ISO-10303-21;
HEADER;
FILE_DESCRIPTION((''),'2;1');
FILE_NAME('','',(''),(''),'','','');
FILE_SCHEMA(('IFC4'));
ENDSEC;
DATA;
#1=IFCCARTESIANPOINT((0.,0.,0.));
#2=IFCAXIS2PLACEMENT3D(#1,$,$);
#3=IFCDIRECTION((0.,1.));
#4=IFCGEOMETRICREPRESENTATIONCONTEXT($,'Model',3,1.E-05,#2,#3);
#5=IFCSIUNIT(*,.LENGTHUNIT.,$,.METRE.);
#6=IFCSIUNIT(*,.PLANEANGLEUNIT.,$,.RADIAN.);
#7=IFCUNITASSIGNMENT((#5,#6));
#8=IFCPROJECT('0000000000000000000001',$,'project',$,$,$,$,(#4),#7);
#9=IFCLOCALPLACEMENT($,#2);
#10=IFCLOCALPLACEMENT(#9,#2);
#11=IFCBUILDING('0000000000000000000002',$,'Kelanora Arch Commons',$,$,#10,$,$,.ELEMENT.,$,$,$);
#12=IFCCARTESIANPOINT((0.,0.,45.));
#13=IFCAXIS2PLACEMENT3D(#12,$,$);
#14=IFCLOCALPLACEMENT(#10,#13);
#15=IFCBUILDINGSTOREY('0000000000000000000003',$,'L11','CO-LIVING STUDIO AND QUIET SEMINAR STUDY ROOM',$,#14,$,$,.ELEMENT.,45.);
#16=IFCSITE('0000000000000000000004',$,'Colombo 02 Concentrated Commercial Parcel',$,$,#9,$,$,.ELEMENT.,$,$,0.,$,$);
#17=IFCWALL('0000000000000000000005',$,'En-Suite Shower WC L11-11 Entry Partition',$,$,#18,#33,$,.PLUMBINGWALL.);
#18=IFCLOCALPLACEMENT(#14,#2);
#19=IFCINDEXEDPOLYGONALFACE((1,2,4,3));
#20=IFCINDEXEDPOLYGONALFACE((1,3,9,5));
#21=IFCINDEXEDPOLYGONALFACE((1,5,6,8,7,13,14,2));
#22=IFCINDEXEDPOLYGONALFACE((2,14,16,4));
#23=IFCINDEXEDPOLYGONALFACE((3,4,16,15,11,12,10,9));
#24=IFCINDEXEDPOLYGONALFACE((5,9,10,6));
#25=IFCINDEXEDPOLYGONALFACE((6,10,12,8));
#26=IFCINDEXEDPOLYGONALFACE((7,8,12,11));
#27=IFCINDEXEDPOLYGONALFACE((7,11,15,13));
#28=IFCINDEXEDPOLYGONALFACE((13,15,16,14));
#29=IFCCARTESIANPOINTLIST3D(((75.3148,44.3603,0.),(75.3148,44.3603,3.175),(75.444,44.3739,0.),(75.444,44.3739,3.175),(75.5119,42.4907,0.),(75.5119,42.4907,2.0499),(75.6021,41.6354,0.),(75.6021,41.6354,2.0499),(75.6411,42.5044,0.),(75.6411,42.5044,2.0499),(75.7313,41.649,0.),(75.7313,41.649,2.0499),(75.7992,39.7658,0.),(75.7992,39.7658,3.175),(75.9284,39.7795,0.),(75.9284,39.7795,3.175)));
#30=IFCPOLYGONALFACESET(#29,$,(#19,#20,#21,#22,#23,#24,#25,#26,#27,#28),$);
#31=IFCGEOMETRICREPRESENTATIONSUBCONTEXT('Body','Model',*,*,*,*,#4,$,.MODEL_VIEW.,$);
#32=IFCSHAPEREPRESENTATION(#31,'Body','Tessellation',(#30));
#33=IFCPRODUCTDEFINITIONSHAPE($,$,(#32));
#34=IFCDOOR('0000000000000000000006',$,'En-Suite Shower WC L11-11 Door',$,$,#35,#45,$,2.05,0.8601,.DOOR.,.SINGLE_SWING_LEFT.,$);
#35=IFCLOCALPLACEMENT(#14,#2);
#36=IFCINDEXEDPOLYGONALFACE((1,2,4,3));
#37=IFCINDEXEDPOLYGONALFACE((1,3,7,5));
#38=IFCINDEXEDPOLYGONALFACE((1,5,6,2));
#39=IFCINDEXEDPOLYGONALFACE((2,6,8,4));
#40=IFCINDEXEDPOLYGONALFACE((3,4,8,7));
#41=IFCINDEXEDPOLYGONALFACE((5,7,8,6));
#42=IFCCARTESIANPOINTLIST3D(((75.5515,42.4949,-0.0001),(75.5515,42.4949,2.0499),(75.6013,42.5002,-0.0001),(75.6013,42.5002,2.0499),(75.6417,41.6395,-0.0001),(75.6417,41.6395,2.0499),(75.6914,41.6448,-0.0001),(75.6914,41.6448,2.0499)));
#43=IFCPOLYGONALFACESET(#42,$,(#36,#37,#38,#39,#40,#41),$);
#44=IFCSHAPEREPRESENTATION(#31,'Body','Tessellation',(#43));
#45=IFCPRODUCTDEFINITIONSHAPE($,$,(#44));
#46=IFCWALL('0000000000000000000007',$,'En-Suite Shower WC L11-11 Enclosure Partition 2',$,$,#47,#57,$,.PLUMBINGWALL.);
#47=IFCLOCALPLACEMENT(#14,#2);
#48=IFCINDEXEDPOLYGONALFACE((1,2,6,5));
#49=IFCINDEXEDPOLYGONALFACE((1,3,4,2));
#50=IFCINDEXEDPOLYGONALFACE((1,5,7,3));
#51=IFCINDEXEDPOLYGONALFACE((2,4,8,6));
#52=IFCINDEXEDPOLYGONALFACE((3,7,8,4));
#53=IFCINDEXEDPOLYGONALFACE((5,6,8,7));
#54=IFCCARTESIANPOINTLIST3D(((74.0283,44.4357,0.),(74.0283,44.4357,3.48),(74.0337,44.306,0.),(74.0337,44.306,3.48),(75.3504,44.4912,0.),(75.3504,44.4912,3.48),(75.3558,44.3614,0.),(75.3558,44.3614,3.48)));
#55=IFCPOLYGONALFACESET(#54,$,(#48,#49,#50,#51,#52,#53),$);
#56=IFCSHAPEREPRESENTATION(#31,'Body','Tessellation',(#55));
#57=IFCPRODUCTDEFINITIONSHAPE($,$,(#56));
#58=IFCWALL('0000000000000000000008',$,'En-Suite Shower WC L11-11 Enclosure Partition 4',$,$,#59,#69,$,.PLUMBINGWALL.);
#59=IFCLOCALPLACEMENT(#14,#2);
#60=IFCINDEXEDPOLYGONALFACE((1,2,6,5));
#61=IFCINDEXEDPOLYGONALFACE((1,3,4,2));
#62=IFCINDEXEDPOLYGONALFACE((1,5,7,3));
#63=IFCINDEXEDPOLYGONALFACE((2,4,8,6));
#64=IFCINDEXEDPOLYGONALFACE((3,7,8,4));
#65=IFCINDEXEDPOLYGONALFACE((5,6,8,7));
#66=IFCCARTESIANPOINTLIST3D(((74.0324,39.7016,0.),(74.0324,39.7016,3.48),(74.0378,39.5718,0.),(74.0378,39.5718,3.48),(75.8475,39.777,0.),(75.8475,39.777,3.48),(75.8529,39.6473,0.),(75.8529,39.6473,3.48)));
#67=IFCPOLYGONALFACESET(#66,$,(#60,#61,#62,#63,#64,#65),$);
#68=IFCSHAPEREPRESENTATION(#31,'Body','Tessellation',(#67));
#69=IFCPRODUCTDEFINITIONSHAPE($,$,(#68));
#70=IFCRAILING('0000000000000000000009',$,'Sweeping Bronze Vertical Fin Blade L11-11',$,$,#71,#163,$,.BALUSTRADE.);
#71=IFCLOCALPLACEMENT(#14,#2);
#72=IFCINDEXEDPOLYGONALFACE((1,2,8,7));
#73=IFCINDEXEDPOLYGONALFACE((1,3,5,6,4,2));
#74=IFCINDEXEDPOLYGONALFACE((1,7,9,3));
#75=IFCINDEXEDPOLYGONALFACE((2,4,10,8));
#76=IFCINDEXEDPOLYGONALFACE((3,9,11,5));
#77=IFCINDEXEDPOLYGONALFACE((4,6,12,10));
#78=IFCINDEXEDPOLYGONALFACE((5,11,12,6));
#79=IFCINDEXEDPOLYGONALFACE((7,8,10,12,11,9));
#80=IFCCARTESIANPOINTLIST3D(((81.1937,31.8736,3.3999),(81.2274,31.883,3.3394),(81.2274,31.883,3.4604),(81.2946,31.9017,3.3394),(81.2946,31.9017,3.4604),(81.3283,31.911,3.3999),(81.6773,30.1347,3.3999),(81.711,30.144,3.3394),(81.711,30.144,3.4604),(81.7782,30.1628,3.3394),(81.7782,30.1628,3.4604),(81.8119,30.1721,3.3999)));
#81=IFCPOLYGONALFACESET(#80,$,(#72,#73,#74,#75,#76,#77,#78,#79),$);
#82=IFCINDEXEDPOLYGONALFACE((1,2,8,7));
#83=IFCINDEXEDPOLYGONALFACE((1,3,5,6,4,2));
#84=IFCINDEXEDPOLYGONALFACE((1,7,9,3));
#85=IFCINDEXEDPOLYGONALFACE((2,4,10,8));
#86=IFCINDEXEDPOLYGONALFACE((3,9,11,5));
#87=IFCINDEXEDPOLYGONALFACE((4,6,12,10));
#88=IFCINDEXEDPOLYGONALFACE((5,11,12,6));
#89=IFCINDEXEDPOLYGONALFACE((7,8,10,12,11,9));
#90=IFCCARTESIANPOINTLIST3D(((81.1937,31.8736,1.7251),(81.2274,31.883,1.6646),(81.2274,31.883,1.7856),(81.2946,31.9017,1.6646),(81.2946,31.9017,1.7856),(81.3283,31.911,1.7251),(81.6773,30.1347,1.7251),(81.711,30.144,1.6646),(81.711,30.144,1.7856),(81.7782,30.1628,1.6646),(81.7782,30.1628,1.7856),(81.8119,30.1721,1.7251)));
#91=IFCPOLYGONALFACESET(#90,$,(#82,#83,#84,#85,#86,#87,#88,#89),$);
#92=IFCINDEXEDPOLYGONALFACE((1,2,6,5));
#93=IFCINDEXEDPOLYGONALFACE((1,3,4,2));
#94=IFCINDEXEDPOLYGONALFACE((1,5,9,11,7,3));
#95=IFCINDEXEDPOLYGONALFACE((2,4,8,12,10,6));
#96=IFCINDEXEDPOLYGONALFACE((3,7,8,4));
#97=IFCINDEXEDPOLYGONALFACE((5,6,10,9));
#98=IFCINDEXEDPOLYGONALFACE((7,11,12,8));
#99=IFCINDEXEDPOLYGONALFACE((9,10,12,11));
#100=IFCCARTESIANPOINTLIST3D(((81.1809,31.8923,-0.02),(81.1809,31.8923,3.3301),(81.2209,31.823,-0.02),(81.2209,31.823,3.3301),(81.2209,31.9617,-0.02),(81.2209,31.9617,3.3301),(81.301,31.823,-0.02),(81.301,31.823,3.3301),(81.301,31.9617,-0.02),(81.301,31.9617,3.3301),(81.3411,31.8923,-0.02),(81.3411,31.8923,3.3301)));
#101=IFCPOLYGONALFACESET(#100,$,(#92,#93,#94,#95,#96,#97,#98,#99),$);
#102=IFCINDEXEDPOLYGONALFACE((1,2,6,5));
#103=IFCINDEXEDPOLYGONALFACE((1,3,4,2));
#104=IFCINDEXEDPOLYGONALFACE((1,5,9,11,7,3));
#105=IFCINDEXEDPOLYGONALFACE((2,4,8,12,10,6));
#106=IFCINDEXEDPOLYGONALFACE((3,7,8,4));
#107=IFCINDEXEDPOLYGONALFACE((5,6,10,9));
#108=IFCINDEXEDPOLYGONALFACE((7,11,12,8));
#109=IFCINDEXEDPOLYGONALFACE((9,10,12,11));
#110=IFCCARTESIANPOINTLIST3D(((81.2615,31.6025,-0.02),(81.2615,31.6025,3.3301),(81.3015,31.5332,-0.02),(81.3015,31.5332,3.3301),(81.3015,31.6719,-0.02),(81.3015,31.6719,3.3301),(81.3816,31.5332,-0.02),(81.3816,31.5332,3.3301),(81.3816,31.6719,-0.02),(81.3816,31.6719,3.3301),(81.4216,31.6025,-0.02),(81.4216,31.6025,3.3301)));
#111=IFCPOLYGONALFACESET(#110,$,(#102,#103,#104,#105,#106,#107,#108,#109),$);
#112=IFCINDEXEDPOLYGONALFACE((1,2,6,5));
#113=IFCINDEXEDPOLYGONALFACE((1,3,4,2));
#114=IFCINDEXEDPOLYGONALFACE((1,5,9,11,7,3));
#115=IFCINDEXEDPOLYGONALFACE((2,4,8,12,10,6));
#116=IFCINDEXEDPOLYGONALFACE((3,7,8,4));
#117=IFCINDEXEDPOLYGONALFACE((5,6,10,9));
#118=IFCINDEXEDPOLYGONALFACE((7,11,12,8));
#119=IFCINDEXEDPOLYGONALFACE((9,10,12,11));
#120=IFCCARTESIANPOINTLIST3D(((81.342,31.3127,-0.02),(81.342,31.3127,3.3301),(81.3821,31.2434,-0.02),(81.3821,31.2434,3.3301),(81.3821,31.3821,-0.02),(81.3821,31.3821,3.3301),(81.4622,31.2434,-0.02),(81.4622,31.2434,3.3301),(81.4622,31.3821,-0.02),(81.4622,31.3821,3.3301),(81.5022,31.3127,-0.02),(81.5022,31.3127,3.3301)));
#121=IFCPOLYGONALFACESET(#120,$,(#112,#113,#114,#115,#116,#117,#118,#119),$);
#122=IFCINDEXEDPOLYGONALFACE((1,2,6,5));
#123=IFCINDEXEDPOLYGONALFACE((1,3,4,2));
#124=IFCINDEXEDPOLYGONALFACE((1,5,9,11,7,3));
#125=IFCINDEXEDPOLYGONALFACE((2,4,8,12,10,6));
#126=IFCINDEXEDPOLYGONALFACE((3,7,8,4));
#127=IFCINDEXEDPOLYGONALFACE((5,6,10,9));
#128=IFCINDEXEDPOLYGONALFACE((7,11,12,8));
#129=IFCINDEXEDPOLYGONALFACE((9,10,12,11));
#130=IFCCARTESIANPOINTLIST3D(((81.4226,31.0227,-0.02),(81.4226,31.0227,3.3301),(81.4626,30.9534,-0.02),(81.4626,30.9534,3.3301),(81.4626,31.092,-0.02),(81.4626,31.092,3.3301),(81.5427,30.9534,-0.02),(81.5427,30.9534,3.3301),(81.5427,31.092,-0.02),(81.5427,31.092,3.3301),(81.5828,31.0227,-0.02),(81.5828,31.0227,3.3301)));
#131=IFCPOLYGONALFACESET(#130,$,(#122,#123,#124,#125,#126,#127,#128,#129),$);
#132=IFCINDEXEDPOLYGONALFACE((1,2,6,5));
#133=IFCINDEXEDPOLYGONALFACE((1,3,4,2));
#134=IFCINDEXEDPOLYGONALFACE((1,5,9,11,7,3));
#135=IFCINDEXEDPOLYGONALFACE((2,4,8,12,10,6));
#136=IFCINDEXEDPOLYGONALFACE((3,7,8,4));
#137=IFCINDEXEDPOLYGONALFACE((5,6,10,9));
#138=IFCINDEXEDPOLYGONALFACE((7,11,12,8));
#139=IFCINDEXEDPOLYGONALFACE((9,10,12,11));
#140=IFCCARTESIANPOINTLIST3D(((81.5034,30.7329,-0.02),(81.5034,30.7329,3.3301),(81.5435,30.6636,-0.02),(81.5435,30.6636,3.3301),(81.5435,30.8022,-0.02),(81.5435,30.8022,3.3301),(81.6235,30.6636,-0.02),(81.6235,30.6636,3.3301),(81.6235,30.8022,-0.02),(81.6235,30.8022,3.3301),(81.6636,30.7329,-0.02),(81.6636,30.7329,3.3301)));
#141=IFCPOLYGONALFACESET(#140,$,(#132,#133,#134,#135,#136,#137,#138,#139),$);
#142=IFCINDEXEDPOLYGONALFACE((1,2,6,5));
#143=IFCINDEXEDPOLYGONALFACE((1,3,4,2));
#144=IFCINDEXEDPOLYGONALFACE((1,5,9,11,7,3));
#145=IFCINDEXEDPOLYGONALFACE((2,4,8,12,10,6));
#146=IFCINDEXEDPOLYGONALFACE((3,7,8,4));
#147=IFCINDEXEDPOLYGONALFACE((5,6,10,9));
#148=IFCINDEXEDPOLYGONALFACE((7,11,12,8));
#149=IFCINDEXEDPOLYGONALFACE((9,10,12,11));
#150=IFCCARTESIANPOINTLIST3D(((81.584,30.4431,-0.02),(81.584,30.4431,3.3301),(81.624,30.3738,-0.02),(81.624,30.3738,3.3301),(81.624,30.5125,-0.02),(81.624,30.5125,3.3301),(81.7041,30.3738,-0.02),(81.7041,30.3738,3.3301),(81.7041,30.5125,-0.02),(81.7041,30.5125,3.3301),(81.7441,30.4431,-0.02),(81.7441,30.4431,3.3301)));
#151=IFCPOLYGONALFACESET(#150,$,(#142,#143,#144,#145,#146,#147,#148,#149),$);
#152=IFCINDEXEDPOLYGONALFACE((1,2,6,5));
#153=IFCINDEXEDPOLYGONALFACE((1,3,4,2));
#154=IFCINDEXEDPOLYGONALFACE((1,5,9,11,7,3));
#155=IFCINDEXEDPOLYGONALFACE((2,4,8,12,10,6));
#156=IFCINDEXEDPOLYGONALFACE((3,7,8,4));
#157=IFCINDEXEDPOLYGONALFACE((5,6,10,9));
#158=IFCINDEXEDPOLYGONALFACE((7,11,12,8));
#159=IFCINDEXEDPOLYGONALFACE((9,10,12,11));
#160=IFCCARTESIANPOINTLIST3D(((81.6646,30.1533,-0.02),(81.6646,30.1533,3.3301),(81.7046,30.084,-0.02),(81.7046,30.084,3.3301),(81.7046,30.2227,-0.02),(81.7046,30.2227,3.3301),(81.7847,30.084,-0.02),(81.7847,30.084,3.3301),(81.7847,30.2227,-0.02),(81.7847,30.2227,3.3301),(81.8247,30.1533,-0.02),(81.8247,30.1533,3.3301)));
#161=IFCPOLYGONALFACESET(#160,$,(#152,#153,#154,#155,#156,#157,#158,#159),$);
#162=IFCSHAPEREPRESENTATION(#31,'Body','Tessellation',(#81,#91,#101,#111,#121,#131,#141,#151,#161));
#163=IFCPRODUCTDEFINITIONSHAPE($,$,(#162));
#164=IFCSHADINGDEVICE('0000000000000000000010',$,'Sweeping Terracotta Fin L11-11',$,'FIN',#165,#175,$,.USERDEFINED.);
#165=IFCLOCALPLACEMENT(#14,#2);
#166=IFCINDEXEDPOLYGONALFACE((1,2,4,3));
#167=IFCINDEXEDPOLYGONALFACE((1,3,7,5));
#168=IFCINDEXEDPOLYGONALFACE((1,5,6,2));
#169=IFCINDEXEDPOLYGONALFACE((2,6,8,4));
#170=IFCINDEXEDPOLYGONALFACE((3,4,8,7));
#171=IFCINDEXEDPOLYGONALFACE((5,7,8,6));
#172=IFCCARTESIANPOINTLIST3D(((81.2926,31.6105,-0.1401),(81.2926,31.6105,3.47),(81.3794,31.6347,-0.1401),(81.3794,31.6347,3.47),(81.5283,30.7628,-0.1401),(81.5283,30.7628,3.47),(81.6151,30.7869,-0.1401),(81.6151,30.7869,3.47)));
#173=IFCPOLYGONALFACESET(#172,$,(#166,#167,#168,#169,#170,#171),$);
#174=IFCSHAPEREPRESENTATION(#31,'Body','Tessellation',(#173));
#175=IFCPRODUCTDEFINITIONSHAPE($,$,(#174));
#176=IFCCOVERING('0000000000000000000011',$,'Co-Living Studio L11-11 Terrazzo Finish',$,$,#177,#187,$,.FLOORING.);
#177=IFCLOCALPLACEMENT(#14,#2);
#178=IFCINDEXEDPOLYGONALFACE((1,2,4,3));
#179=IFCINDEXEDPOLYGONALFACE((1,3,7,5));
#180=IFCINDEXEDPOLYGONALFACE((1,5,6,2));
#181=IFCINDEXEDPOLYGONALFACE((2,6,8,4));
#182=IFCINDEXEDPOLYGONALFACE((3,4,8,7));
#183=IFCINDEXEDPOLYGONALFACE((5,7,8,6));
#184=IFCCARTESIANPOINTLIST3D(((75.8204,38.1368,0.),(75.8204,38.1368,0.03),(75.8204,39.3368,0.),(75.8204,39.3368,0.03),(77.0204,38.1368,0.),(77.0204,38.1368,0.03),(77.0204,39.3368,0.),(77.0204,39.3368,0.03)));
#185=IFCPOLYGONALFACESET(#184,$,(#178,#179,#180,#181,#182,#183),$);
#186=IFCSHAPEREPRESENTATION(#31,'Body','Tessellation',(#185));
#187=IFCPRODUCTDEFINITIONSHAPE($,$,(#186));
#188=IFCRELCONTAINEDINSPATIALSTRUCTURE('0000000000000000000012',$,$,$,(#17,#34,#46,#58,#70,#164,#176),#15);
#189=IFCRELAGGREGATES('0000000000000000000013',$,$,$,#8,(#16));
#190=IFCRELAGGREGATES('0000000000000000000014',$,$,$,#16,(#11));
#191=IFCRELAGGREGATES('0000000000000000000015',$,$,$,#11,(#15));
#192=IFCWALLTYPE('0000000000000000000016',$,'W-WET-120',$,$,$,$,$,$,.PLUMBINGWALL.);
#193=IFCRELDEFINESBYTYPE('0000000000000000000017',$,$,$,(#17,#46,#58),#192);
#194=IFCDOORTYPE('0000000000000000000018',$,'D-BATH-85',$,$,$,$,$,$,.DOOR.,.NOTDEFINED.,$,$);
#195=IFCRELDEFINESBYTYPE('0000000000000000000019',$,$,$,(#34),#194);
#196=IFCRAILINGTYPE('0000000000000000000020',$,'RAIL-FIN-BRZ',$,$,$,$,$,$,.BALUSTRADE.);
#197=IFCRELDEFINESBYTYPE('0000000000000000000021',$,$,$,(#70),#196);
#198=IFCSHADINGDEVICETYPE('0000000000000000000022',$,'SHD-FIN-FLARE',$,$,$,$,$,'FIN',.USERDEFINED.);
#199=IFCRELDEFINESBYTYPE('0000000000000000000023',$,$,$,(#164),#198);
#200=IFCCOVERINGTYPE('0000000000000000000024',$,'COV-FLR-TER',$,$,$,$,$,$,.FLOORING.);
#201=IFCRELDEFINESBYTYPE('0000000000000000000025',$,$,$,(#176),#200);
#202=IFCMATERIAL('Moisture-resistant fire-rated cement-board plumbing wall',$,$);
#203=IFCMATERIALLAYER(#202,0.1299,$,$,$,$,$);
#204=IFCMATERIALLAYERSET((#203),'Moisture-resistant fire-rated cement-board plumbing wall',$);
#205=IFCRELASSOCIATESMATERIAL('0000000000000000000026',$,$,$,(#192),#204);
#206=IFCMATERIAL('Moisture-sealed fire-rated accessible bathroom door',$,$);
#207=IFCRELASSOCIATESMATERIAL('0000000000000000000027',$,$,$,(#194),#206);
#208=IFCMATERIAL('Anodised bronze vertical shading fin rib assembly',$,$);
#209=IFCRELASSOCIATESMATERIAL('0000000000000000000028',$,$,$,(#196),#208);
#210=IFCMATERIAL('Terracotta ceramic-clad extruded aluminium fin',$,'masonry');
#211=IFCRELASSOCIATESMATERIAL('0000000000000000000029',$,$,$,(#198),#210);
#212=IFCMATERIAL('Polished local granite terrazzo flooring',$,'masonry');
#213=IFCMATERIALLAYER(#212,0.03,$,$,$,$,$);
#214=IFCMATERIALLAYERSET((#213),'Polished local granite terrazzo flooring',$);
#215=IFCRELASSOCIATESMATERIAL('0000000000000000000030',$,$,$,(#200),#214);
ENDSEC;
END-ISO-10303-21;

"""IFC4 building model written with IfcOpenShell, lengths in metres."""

from ifc_helpers import new_model, si_unit, direction, frame, frame_2d, origin, origin_2d, place, context, subcontext, project, spatial, polyline, rectangle, outline, extrude, source, transform, mapped, material, layer, layer_set, type_object, element, fill, save


model = new_model("IFC4")

# Units and contexts
model_context = context("Model", 3, precision=1e-05, world=origin(), true_north=direction((0.0, 1.0)))
body_context = subcontext(model_context, "Body", "Model", "MODEL_VIEW")
ifc_project = project(units=[si_unit("LENGTHUNIT", "METRE"), si_unit("PLANEANGLEUNIT", "RADIAN")], contexts=[model_context])

# Site, building, storey
site_placement = place(None, origin())
site = spatial("IfcSite", under=ifc_project, at=site_placement, Name="Colombo 02 Concentrated Commercial Parcel", CompositionType="ELEMENT", RefElevation=0.0)
building_placement = place(site_placement, origin())
building = spatial("IfcBuilding", under=site, at=building_placement, Name="Kelanora Arch Commons", CompositionType="ELEMENT")
storey_placement = place(building_placement, frame((0.0, 0.0, 45.0)))
storey = spatial("IfcBuildingStorey", under=building, at=storey_placement, Name="L11", Description="CO-LIVING STUDIO AND QUIET SEMINAR STUDY ROOM", CompositionType="ELEMENT", Elevation=45.0)

# Wall, opening, door
ifc_material_1 = material(Name="Moisture-resistant fire-rated cement-board plumbing wall")
ifc_layer_1 = layer(ifc_material_1, 0.1299)
ifc_layer_set_1 = layer_set([ifc_layer_1], Name="Moisture-resistant fire-rated cement-board plumbing wall")
wall_type_1 = type_object("IfcWallType", Name="W-WET-120", PredefinedType="PLUMBINGWALL", material=ifc_layer_set_1)
wall_1_placement = place(storey_placement, frame((75.3794, 44.3672, 0.0), z_axis=(0.0, 0.0, 1.0), x_axis=(0.104844, -0.994489, 0.0)))
wall_1 = element("IfcWall", 1, at=wall_1_placement, inside=storey, type_object=wall_type_1, Name="En-Suite Shower WC L11-11 Entry Partition", PredefinedType="PLUMBINGWALL", context=body_context, shape_type="SweptSolid", body=[
    extrude(rectangle(XDim=4.6199, YDim=0.1299, at=frame_2d((2.3101, 0.0))), origin(), (0.0, 0.0, 1.0), 3.175),
])
opening_1_placement = place(wall_1_placement, frame((1.8799, 0.0, 0.0)))
opening_1 = element("IfcOpeningElement", 2, at=opening_1_placement, cuts=wall_1, PredefinedType="OPENING", context=body_context, shape_type="SweptSolid", body=[
    extrude(rectangle(XDim=0.8601, YDim=2.05, at=frame_2d((0.4302, 1.0249))), frame((0.0, 0.075, 0.0), z_axis=(0.0, -1.0, 0.0), x_axis=(1.0, 0.0, 0.0)), (0.0, 0.0, 1.0), 0.1499),
])
ifc_material_2 = material(Name="Moisture-sealed fire-rated accessible bathroom door")
door_type_1 = type_object("IfcDoorType", Name="D-BATH-85", OperationType="NOTDEFINED", PredefinedType="DOOR", material=ifc_material_2)
door_1_placement = place(opening_1_placement, origin())
door_1 = element("IfcDoor", 3, at=door_1_placement, inside=storey, type_object=door_type_1, Name="En-Suite Shower WC L11-11 Door", OperationType="SINGLE_SWING_LEFT", OverallHeight=2.05, OverallWidth=0.8601, PredefinedType="DOOR", context=body_context, shape_type="SweptSolid", body=[
    extrude(rectangle(XDim=0.8601, YDim=2.05, at=frame_2d((0.4302, 1.0249))), frame((0.0, 0.0249, 0.0), z_axis=(0.0, -1.0, 0.0), x_axis=(1.0, 0.0, 0.0)), (0.0, 0.0, 1.0), 0.05),
])
fill(opening_1, door_1)

# Walls
wall_2_placement = place(storey_placement, frame((74.031, 44.3708, 0.0), z_axis=(0.0, 0.0, 1.0), x_axis=(0.999122, 0.041884, 0.0)))
element("IfcWall", 4, at=wall_2_placement, inside=storey, type_object=wall_type_1, Name="En-Suite Shower WC L11-11 Enclosure Partition 2", PredefinedType="PLUMBINGWALL", context=body_context, shape_type="SweptSolid", body=[
    extrude(rectangle(XDim=1.3232, YDim=0.1299, at=frame_2d((0.6616, 0.0))), origin(), (0.0, 0.0, 1.0), 3.48),
])
wall_3_placement = place(storey_placement, frame((75.8501, 39.7122, 0.0), z_axis=(0.0, 0.0, 1.0), x_axis=(-0.999137, -0.041524, 0.0)))
element("IfcWall", 5, at=wall_3_placement, inside=storey, type_object=wall_type_1, Name="En-Suite Shower WC L11-11 Enclosure Partition 4", PredefinedType="PLUMBINGWALL", context=body_context, shape_type="SweptSolid", body=[
    extrude(rectangle(XDim=1.8167, YDim=0.1299, at=frame_2d((0.9082, 0.0))), origin(), (0.0, 0.0, 1.0), 3.48),
])

# Railing
ifc_material_3 = material(Name="Anodised bronze vertical shading fin rib assembly")
railing_type = type_object("IfcRailingType", Name="RAIL-FIN-BRZ", PredefinedType="BALUSTRADE", material=ifc_material_3)
railing_placement = place(storey_placement, frame((81.261, 31.8923, -0.02)))
element("IfcRailing", 6, at=railing_placement, inside=storey, type_object=railing_type, Name="Sweeping Bronze Vertical Fin Blade L11-11", PredefinedType="BALUSTRADE", context=body_context, shape_type="SweptSolid", body=[
    extrude(outline(polyline([(0.0698, 0.0), (0.0349, 0.0605), (-0.0349, 0.0605), (-0.0698, 0.0), (-0.0349, -0.0605), (0.0349, -0.0605), (0.0698, 0.0)])), frame((0.0, 0.0, 3.4199), z_axis=(0.267944, -0.963435, 0.0), x_axis=(0.963435, 0.267944, 0.0)), (0.0, 0.0, 1.0), 1.8049),
    extrude(outline(polyline([(0.0698, 0.0), (0.0349, 0.0605), (-0.0349, 0.0605), (-0.0698, 0.0), (-0.0349, -0.0605), (0.0349, -0.0605), (0.0698, 0.0)])), frame((0.0, 0.0, 1.7451), z_axis=(0.267944, -0.963435, 0.0), x_axis=(0.963435, 0.267944, 0.0)), (0.0, 0.0, 1.0), 1.8049),
    extrude(outline(polyline([(0.0801, 0.0), (0.04, 0.0693), (-0.04, 0.0693), (-0.0801, 0.0), (-0.04, -0.0693), (0.04, -0.0693), (0.0801, 0.0)])), origin(), (0.0, 0.0, 1.0), 3.3501),
    extrude(outline(polyline([(0.0801, 0.0), (0.04, 0.0693), (-0.04, 0.0693), (-0.0801, 0.0), (-0.04, -0.0693), (0.04, -0.0693), (0.0801, 0.0)])), frame((0.0806, -0.2898, 0.0)), (0.0, 0.0, 1.0), 3.3501),
    extrude(outline(polyline([(0.0801, 0.0), (0.04, 0.0693), (-0.04, 0.0693), (-0.0801, 0.0), (-0.04, -0.0693), (0.04, -0.0693), (0.0801, 0.0)])), frame((0.1611, -0.5796, 0.0)), (0.0, 0.0, 1.0), 3.3501),
    extrude(outline(polyline([(0.0801, 0.0), (0.04, 0.0693), (-0.04, 0.0693), (-0.0801, 0.0), (-0.04, -0.0693), (0.04, -0.0693), (0.0801, 0.0)])), frame((0.2417, -0.8696, 0.0)), (0.0, 0.0, 1.0), 3.3501),
    extrude(outline(polyline([(0.0801, 0.0), (0.04, 0.0693), (-0.04, 0.0693), (-0.0801, 0.0), (-0.04, -0.0693), (0.04, -0.0693), (0.0801, 0.0)])), frame((0.3225, -1.1594, 0.0)), (0.0, 0.0, 1.0), 3.3501),
    extrude(outline(polyline([(0.0801, 0.0), (0.04, 0.0693), (-0.04, 0.0693), (-0.0801, 0.0), (-0.04, -0.0693), (0.04, -0.0693), (0.0801, 0.0)])), frame((0.4031, -1.4492, 0.0)), (0.0, 0.0, 1.0), 3.3501),
    extrude(outline(polyline([(0.0801, 0.0), (0.04, 0.0693), (-0.04, 0.0693), (-0.0801, 0.0), (-0.04, -0.0693), (0.04, -0.0693), (0.0801, 0.0)])), frame((0.4836, -1.739, 0.0)), (0.0, 0.0, 1.0), 3.3501),
])

# Shading device
ifc_material_4 = material(Name="Terracotta ceramic-clad extruded aluminium fin", Category="masonry")
shading_device_type = type_object("IfcShadingDeviceType", Name="SHD-FIN-FLARE", ElementType="FIN", PredefinedType="USERDEFINED", material=ifc_material_4)
shared_shape_1 = source(origin(), body_context, "Body", "SweptSolid", [
    extrude(rectangle(XDim=0.8799, YDim=0.0901, at=origin_2d()), origin(), (0.0, 0.0, 1.0), 3.6101),
])
shading_device_placement = place(storey_placement, frame((81.4539, 31.1987, -0.1401), z_axis=(0.0, 0.0, 1.0), x_axis=(0.267911, -0.963444, 0.0)))
element("IfcShadingDevice", 7, at=shading_device_placement, inside=storey, type_object=shading_device_type, Name="Sweeping Terracotta Fin L11-11", ObjectType="FIN", PredefinedType="USERDEFINED", context=body_context, shape_type="MappedRepresentation", body=[
    mapped(shared_shape_1, transform((0.0, 0.0, 0.0), scale=1.0)),
])

# Covering
ifc_material_5 = material(Name="Polished local granite terrazzo flooring", Category="masonry")
ifc_layer_2 = layer(ifc_material_5, 0.03)
ifc_layer_set_2 = layer_set([ifc_layer_2], Name="Polished local granite terrazzo flooring")
covering_type = type_object("IfcCoveringType", Name="COV-FLR-TER", PredefinedType="FLOORING", material=ifc_layer_set_2)
shared_shape_2 = source(origin(), body_context, "Body", "SweptSolid", [
    extrude(rectangle(XDim=1.2, YDim=1.2, at=origin_2d()), origin(), (0.0, 0.0, 1.0), 0.03),
])
for number, where, z_axis, x_axis, name in (
    (8, (76.4204, 38.7368, 0.0), (0.0, 0.0, 1.0), (1.0, 0.0, 0.0), "Co-Living Studio L11-11 Terrazzo Finish"),
):
    element("IfcCovering", number, at=place(storey_placement, frame(where, z_axis=z_axis, x_axis=x_axis)), inside=storey, type_object=covering_type, Name=name, PredefinedType="FLOORING", context=body_context, shape_type="MappedRepresentation", body=[
        mapped(shared_shape_2, transform((0.0, 0.0, 0.0), scale=1.0)),
    ])

save(model, "model.ifc")
